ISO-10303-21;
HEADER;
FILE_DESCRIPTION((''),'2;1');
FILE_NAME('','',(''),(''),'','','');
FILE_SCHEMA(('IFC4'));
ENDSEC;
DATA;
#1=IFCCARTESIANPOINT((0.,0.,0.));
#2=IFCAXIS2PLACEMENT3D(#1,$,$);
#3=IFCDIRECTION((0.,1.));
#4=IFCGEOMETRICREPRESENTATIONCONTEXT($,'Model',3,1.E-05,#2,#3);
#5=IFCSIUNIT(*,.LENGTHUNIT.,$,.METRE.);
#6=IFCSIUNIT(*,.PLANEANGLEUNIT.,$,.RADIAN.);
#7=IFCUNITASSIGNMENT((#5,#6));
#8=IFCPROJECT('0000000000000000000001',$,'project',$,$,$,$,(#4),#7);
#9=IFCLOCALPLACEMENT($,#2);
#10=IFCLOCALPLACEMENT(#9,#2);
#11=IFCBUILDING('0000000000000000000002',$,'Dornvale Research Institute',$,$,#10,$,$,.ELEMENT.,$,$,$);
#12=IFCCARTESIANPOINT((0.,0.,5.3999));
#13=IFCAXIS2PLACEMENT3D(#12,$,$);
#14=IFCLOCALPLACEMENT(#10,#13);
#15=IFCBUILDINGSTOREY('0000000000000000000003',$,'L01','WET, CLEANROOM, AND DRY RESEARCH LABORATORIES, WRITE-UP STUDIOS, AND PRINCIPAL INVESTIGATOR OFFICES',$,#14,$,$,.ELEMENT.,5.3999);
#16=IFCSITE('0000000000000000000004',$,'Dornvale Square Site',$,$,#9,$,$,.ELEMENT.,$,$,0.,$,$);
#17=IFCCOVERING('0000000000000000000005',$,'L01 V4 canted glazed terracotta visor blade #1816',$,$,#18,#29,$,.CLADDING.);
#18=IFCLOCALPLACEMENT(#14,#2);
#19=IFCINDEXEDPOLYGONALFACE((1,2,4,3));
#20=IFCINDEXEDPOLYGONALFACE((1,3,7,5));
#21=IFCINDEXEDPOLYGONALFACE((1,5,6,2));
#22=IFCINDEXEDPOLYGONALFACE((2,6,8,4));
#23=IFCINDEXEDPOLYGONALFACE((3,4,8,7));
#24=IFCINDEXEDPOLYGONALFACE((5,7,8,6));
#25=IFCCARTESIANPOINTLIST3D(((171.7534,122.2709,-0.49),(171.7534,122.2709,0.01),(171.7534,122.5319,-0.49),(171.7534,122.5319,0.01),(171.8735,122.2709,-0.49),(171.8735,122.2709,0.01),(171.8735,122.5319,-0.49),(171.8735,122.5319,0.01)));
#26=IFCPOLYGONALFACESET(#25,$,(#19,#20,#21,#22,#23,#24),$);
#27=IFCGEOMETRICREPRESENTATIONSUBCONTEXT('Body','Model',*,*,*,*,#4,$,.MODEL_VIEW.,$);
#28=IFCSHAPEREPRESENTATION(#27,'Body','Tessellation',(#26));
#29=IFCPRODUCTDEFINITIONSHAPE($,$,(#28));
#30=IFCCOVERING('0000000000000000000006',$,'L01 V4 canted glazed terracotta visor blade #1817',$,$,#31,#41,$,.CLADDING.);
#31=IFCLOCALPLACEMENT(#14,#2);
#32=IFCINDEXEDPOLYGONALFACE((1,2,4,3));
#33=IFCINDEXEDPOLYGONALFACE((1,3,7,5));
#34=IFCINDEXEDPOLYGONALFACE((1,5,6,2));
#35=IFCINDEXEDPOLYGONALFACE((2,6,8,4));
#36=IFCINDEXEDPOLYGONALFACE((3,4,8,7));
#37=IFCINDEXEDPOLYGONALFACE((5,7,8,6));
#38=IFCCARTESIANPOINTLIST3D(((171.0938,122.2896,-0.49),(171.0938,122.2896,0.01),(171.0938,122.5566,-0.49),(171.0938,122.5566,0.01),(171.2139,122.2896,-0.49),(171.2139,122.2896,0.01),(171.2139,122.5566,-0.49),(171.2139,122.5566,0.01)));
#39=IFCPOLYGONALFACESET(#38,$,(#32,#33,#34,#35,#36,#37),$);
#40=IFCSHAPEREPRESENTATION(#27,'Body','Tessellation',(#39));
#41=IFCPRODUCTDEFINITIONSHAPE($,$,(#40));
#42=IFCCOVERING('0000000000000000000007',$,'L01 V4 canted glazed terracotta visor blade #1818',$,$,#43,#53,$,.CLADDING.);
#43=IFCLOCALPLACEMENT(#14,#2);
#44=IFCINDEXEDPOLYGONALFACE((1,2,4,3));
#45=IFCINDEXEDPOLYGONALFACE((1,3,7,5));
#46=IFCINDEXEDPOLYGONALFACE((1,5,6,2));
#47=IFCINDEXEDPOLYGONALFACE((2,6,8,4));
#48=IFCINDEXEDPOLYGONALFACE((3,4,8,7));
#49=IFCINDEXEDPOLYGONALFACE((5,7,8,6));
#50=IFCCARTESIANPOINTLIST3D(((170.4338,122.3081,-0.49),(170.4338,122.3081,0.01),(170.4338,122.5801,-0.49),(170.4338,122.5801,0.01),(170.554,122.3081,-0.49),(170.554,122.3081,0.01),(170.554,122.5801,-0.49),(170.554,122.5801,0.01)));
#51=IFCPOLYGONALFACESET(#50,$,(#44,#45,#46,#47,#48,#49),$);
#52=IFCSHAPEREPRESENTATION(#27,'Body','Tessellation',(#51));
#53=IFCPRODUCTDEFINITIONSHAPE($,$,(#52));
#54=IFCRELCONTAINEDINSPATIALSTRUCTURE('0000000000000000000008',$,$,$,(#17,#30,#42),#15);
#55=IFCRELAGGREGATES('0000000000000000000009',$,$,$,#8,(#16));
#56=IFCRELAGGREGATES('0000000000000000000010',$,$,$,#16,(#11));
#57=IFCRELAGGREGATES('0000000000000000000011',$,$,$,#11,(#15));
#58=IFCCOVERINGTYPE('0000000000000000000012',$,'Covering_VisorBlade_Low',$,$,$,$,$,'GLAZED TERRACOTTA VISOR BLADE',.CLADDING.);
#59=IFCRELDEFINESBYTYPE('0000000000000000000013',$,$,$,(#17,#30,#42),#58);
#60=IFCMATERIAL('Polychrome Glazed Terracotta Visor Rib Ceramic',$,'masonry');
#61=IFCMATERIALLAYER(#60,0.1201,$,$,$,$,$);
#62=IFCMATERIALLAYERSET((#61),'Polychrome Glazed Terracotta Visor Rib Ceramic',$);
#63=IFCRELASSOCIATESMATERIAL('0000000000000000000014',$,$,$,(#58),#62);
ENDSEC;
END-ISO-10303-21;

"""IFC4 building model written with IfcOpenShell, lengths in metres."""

from ifc_helpers import new_model, si_unit, direction, frame, origin, origin_2d, place, context, subcontext, project, spatial, rectangle, extrude, material, layer, layer_set, type_object, element, save


model = new_model("IFC4")

# Units and contexts
model_context = context("Model", 3, precision=1e-05, world=origin(), true_north=direction((0.0, 1.0)))
body_context = subcontext(model_context, "Body", "Model", "MODEL_VIEW")
ifc_project = project(units=[si_unit("LENGTHUNIT", "METRE"), si_unit("PLANEANGLEUNIT", "RADIAN")], contexts=[model_context])

# Site, building, storey
site_placement = place(None, origin())
site = spatial("IfcSite", under=ifc_project, at=site_placement, Name="Dornvale Square Site", CompositionType="ELEMENT", RefElevation=0.0)
building_placement = place(site_placement, origin())
building = spatial("IfcBuilding", under=site, at=building_placement, Name="Dornvale Research Institute", CompositionType="ELEMENT")
storey_placement = place(building_placement, frame((0.0, 0.0, 5.3999)))
storey = spatial("IfcBuildingStorey", under=building, at=storey_placement, Name="L01", Description="WET, CLEANROOM, AND DRY RESEARCH LABORATORIES, WRITE-UP STUDIOS, AND PRINCIPAL INVESTIGATOR OFFICES", CompositionType="ELEMENT", Elevation=5.3999)

# Coverings
ifc_material_1 = material(Name="Polychrome Glazed Terracotta Visor Rib Ceramic", Category="masonry")
ifc_layer_1 = layer(ifc_material_1, 0.1201)
ifc_layer_set_1 = layer_set([ifc_layer_1], Name="Polychrome Glazed Terracotta Visor Rib Ceramic")
covering_type = type_object("IfcCoveringType", Name="Covering_VisorBlade_Low", ElementType="GLAZED TERRACOTTA VISOR BLADE", PredefinedType="CLADDING", material=ifc_layer_set_1)
covering_1_placement = place(storey_placement, frame((171.8135, 122.4014, -0.49), z_axis=(0.0, 0.0, 1.0), x_axis=(0.0, 1.0, 0.0)))
element("IfcCovering", 1, at=covering_1_placement, inside=storey, type_object=covering_type, Name="L01 V4 canted glazed terracotta visor blade #1816", PredefinedType="CLADDING", context=body_context, shape_type="SweptSolid", body=[
    extrude(rectangle(XDim=0.261, YDim=0.1201, at=origin_2d()), origin(), (0.0, 0.0, 1.0), 0.5),
])
covering_2_placement = place(storey_placement, frame((171.1538, 122.4231, -0.49), z_axis=(0.0, 0.0, 1.0), x_axis=(0.0, 1.0, 0.0)))
element("IfcCovering", 2, at=covering_2_placement, inside=storey, type_object=covering_type, Name="L01 V4 canted glazed terracotta visor blade #1817", PredefinedType="CLADDING", context=body_context, shape_type="SweptSolid", body=[
    extrude(rectangle(XDim=0.2671, YDim=0.1201, at=origin_2d()), origin(), (0.0, 0.0, 1.0), 0.5),
])
covering_3_placement = place(storey_placement, frame((170.4939, 122.4441, -0.49), z_axis=(0.0, 0.0, 1.0), x_axis=(0.0, 1.0, 0.0)))
element("IfcCovering", 3, at=covering_3_placement, inside=storey, type_object=covering_type, Name="L01 V4 canted glazed terracotta visor blade #1818", PredefinedType="CLADDING", context=body_context, shape_type="SweptSolid", body=[
    extrude(rectangle(XDim=0.272, YDim=0.1201, at=origin_2d()), origin(), (0.0, 0.0, 1.0), 0.5),
])

save(model, "model.ifc")
